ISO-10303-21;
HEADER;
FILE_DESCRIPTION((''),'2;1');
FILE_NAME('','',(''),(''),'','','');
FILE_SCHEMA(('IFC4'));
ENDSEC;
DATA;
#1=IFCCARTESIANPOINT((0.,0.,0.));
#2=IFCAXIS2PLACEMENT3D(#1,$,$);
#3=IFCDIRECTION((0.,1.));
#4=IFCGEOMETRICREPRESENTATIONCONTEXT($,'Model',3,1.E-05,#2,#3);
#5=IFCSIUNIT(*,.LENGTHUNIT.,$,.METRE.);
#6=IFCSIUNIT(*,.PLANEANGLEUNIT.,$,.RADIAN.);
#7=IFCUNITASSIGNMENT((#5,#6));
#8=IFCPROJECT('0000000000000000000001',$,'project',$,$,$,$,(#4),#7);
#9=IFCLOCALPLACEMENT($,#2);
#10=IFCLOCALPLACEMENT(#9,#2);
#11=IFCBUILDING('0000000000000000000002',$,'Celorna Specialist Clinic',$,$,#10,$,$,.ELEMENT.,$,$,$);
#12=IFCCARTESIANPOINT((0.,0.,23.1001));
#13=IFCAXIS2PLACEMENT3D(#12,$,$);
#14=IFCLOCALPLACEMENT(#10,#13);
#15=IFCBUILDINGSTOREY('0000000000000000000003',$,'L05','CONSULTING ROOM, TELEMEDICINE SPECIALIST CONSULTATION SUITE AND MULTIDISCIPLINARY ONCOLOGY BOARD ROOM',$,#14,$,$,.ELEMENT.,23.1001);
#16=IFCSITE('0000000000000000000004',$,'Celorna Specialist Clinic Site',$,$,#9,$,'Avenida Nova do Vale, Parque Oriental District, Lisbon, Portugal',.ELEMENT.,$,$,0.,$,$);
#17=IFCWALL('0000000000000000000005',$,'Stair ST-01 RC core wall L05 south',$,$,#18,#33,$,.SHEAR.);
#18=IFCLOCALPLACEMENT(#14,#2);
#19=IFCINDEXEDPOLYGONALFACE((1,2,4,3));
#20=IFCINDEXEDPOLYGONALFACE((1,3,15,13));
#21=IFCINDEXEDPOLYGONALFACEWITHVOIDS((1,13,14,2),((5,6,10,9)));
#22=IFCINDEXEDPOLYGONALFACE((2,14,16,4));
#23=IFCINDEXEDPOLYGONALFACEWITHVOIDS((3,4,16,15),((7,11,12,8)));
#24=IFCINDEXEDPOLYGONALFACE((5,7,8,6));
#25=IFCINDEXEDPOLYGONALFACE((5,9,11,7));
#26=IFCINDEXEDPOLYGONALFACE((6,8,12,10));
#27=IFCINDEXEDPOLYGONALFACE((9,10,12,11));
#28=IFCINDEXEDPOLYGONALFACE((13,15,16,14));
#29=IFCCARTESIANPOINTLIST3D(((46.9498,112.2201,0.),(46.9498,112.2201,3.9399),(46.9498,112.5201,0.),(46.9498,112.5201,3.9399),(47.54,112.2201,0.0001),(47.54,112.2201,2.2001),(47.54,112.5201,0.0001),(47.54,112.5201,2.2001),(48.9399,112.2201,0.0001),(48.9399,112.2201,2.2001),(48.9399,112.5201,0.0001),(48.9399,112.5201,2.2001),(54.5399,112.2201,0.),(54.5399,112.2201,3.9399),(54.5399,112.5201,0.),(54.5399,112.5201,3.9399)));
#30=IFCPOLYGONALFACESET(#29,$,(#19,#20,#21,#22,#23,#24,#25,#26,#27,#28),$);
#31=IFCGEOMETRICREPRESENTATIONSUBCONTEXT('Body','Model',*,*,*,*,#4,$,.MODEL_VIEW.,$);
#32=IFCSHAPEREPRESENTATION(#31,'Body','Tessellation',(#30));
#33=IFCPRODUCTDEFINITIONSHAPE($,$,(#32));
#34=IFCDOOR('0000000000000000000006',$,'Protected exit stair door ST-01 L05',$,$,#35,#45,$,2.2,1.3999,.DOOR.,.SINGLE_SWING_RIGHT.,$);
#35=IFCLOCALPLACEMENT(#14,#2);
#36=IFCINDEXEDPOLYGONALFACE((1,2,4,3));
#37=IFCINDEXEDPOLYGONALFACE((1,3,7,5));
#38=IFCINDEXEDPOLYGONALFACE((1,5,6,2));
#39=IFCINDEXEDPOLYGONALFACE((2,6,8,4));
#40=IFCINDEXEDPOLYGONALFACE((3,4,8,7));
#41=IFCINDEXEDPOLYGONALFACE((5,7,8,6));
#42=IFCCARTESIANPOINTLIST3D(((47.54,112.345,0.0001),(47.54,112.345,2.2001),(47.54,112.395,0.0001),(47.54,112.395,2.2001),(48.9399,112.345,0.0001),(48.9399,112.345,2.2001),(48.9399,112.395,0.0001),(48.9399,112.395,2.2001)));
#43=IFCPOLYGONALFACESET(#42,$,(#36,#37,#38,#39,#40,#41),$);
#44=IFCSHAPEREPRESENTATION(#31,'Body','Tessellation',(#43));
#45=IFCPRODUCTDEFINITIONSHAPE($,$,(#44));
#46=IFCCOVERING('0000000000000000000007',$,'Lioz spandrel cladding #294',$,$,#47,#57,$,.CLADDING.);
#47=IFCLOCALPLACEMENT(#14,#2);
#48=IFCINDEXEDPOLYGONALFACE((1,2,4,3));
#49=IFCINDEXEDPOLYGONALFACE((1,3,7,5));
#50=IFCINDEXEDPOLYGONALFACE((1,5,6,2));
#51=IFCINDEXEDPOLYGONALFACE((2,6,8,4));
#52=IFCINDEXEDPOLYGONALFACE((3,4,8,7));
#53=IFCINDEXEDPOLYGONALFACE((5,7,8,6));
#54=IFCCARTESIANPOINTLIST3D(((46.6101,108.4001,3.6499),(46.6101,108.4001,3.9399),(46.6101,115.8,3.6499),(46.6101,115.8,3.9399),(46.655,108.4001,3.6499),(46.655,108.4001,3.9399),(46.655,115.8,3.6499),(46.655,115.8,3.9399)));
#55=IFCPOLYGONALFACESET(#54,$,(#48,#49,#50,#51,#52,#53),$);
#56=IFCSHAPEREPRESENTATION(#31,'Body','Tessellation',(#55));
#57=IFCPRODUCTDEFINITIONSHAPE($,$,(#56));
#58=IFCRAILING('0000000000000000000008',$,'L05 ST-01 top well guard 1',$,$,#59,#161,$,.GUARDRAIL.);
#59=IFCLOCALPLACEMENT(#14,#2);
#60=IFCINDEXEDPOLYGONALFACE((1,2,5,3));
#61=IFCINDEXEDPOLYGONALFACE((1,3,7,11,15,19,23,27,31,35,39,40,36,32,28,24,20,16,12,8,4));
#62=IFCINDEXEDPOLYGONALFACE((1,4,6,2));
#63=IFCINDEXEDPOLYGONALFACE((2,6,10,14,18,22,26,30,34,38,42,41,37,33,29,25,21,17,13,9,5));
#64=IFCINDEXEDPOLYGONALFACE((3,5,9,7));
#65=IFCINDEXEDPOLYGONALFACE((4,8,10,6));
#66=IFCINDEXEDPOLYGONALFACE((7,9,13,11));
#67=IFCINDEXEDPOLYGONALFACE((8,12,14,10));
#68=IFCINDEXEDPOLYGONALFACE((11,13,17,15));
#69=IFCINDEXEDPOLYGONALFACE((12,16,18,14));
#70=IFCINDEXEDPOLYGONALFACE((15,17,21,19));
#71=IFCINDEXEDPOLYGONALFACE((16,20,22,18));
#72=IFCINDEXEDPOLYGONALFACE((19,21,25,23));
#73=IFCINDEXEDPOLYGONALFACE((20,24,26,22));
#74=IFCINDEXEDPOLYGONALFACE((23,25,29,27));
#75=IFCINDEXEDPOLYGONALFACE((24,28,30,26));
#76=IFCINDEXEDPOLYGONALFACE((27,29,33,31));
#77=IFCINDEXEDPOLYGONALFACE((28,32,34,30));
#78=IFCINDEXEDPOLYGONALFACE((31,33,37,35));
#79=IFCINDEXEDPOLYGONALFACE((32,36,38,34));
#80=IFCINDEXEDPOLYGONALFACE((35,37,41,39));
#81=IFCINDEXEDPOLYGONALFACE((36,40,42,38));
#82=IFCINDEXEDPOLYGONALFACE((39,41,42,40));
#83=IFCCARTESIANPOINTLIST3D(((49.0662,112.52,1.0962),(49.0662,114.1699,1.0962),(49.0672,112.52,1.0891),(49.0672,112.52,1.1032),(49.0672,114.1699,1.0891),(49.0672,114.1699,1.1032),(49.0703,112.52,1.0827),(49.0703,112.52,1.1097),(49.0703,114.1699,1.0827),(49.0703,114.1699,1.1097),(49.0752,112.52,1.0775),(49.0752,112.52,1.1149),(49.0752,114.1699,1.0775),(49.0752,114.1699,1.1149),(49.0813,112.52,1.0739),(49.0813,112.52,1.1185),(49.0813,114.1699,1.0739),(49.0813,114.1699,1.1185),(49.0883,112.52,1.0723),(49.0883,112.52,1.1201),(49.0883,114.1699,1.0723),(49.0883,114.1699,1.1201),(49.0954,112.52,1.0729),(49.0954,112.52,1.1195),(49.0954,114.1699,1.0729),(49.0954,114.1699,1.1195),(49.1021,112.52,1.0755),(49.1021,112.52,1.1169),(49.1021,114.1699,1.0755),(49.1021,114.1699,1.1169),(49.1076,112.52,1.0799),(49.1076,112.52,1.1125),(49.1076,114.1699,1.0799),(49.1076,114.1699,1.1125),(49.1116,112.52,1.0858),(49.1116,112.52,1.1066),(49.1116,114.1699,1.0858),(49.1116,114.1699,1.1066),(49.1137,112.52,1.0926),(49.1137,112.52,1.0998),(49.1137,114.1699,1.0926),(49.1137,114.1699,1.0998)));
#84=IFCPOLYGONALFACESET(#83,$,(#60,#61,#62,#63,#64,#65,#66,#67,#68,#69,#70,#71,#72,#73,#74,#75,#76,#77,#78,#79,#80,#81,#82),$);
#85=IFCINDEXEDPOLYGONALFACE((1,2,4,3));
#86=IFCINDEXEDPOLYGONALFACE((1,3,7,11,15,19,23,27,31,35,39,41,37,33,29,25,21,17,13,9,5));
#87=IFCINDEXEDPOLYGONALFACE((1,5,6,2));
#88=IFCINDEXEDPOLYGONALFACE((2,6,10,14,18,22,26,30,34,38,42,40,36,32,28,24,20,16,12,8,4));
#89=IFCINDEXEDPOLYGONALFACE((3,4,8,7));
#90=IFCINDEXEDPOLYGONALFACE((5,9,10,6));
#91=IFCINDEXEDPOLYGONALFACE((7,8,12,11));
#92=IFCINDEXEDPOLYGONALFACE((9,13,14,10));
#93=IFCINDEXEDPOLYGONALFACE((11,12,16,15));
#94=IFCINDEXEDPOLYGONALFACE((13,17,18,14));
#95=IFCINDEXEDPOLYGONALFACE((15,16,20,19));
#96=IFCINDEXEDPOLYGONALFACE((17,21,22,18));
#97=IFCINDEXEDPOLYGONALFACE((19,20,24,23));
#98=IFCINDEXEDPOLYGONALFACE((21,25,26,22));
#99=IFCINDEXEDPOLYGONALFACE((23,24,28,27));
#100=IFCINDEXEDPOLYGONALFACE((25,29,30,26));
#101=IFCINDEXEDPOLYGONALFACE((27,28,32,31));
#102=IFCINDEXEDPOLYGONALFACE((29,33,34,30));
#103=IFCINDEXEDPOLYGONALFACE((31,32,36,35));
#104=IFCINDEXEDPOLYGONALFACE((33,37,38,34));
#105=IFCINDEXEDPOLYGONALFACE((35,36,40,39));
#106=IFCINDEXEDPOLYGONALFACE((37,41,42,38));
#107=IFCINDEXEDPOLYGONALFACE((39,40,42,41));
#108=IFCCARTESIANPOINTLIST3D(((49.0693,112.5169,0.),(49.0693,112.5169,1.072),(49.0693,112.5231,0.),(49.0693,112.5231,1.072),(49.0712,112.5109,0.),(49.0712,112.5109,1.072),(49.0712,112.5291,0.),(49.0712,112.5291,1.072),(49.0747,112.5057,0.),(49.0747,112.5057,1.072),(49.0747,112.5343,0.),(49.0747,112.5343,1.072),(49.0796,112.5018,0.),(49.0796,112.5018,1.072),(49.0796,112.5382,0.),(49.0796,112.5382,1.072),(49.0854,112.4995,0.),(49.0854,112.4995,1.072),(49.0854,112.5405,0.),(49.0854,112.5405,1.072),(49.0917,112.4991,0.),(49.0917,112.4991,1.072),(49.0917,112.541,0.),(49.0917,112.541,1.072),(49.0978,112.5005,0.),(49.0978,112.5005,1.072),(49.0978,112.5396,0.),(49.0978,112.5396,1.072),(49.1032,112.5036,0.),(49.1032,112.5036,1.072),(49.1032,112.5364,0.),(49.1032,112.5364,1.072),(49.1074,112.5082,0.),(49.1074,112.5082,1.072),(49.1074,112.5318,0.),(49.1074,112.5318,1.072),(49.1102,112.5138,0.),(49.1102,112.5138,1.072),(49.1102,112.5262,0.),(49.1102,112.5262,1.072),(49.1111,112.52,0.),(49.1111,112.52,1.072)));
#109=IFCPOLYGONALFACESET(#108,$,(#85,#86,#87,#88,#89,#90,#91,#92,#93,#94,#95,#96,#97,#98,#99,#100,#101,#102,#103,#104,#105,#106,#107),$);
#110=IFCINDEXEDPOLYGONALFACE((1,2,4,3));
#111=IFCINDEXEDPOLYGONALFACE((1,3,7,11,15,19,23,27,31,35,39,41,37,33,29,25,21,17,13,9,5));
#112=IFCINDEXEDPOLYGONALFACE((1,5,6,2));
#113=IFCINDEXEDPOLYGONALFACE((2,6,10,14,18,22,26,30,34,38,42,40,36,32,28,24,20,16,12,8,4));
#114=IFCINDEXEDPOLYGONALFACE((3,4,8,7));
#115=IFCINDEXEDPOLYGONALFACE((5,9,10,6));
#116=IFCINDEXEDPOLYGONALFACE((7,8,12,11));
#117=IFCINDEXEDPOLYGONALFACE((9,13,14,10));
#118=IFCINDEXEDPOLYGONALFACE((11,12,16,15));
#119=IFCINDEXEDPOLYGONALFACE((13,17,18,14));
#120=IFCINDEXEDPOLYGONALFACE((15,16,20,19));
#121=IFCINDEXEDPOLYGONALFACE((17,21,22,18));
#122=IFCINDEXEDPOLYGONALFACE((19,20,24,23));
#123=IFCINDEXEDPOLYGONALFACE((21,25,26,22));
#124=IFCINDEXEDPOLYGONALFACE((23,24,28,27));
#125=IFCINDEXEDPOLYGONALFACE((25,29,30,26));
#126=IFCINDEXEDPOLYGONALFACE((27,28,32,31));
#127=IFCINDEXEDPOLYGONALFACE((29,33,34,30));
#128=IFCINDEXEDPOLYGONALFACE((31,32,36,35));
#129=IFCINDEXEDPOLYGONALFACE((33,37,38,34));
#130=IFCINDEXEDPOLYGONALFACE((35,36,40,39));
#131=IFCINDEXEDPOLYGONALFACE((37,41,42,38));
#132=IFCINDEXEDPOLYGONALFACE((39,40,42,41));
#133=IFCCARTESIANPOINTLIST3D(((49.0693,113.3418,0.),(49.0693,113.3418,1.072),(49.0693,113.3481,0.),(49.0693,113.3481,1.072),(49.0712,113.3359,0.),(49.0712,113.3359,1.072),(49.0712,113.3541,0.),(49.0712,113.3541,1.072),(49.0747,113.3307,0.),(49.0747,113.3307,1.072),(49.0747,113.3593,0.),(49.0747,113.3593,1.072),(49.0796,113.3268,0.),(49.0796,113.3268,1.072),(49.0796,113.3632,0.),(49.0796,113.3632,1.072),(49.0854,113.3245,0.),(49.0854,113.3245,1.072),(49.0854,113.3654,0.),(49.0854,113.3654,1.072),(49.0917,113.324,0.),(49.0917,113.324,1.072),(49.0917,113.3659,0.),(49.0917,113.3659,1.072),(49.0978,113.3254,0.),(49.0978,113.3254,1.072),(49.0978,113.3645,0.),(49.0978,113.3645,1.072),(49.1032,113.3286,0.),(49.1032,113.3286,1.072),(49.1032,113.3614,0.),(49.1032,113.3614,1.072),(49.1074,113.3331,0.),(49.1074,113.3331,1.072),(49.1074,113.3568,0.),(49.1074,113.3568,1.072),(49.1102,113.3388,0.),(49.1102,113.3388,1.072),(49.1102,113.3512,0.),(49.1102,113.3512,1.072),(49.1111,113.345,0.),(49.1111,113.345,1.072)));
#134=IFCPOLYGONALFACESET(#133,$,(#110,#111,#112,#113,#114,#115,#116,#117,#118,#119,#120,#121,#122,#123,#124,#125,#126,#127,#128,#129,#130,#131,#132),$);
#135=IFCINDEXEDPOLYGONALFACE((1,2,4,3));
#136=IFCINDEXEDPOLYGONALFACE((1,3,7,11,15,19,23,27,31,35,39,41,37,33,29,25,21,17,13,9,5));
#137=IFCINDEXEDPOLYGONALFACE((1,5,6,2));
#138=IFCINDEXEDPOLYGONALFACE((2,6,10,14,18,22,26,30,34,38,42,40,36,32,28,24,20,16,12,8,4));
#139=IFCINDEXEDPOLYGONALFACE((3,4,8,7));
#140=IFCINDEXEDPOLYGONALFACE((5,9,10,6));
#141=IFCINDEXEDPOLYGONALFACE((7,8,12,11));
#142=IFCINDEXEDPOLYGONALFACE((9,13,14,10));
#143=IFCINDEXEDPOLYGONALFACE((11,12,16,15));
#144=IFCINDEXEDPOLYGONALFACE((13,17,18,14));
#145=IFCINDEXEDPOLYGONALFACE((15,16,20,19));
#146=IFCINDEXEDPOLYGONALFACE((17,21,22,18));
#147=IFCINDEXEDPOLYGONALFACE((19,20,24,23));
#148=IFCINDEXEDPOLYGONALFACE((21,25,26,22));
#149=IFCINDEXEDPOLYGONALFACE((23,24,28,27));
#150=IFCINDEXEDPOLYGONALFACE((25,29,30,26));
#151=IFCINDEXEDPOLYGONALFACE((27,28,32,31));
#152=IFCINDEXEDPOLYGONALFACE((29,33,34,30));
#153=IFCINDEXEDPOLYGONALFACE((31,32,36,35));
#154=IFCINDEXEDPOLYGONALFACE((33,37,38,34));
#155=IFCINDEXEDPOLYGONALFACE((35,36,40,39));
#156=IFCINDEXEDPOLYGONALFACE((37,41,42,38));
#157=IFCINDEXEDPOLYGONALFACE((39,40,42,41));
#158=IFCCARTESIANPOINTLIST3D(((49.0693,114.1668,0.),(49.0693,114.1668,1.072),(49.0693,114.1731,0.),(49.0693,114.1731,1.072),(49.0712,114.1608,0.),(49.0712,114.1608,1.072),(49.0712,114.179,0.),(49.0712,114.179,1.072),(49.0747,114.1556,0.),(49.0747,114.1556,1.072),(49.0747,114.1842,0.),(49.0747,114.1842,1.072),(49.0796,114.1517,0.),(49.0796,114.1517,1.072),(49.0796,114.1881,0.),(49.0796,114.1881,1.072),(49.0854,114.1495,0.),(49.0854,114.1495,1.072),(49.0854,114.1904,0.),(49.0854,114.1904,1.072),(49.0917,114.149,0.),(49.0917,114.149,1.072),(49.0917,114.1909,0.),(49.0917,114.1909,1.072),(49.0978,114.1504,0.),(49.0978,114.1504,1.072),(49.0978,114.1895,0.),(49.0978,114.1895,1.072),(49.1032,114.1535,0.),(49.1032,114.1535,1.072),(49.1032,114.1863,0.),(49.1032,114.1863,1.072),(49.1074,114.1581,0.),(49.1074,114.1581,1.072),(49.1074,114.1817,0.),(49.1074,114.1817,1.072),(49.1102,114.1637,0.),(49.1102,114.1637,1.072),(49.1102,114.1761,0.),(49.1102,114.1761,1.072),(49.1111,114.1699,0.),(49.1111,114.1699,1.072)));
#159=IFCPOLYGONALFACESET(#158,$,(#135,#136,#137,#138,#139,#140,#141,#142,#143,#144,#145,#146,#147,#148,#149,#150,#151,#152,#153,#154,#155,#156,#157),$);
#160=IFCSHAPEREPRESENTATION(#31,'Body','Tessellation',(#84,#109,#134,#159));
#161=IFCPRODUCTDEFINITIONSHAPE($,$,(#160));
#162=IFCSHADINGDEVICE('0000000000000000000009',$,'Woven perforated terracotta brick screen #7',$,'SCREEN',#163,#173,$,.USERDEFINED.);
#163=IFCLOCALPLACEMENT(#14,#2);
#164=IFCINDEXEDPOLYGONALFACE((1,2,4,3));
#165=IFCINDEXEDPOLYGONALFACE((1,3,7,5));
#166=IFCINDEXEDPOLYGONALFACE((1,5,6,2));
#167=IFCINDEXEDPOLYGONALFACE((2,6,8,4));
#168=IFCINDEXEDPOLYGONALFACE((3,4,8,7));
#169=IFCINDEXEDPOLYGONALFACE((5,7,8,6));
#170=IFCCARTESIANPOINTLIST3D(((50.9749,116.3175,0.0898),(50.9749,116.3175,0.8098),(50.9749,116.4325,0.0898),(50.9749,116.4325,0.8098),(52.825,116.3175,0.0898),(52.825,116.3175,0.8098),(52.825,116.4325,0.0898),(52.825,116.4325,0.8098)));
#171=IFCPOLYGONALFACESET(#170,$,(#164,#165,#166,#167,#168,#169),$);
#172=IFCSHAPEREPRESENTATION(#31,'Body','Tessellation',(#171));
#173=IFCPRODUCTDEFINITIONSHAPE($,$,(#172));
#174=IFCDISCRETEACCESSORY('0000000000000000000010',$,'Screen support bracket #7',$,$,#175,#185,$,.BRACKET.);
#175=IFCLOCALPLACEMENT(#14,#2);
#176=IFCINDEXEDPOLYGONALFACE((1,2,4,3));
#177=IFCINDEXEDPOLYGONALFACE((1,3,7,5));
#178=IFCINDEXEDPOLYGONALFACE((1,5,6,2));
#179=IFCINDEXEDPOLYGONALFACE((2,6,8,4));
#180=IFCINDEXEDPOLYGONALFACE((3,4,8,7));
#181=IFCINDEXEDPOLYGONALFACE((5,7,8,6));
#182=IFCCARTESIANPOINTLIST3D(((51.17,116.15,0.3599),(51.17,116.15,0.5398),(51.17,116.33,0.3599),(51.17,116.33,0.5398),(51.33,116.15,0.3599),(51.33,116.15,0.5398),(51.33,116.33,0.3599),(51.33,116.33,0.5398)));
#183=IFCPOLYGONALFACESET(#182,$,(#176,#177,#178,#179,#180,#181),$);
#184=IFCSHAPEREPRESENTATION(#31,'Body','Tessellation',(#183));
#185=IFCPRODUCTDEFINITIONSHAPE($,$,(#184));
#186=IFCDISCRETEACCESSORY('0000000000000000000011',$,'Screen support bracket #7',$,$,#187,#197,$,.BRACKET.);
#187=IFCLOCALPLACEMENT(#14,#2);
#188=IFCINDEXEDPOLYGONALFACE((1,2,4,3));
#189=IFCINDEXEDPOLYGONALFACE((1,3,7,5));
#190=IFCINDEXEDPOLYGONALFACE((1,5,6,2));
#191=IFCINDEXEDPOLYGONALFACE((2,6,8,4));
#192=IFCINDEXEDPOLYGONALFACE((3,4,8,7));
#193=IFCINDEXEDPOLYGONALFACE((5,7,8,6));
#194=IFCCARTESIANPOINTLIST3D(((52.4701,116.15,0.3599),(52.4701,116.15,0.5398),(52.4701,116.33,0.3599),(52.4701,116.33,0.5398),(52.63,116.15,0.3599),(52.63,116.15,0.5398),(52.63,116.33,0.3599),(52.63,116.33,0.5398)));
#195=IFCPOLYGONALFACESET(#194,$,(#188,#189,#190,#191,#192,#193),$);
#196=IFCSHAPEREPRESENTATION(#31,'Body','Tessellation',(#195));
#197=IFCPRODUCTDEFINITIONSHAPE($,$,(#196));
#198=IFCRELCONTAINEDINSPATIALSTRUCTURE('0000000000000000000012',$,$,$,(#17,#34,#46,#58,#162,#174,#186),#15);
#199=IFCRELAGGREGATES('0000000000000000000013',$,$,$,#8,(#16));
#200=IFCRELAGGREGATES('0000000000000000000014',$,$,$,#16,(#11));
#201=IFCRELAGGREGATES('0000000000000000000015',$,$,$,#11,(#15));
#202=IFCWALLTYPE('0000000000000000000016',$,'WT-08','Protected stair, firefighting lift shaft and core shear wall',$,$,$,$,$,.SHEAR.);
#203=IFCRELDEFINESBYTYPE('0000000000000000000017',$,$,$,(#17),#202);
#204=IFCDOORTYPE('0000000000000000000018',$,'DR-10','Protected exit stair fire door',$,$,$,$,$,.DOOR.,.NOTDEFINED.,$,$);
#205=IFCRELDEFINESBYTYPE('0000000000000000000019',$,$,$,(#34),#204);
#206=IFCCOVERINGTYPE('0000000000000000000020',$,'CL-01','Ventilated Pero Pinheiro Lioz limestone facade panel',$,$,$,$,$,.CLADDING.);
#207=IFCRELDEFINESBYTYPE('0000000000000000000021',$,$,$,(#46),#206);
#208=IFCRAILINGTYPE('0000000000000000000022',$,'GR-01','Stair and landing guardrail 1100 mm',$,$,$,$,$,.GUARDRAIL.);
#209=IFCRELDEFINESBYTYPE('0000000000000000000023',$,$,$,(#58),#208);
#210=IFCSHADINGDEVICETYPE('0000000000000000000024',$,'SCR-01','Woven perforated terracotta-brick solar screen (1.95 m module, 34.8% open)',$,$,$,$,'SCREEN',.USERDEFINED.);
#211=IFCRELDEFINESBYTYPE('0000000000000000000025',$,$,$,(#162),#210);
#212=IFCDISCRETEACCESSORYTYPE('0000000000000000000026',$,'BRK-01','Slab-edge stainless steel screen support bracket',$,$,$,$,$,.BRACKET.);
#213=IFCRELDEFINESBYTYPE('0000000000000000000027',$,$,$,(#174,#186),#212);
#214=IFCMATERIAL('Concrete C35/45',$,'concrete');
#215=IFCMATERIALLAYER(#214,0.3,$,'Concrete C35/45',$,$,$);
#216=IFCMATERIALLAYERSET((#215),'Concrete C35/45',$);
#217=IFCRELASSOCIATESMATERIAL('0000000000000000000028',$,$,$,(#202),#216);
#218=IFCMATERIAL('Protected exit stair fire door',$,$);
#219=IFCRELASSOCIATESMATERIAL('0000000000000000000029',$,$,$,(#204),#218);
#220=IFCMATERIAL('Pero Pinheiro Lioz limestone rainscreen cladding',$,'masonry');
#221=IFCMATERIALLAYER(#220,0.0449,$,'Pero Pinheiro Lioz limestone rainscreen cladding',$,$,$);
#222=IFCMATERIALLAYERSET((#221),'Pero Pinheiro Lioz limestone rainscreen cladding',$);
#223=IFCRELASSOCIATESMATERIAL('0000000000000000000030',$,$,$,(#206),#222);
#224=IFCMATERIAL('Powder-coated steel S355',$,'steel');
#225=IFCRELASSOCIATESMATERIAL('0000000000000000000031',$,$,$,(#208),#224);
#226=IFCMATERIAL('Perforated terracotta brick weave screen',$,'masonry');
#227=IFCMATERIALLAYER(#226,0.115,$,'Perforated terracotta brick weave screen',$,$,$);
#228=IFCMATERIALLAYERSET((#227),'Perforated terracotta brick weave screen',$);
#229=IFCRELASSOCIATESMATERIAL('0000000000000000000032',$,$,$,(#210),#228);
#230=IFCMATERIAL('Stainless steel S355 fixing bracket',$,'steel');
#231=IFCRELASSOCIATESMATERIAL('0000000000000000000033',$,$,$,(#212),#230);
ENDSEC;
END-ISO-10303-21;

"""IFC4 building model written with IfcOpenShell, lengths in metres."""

from ifc_helpers import new_model, si_unit, direction, frame, frame_2d, origin, origin_2d, place, context, subcontext, project, spatial, rectangle, circle, extrude, material, layer, layer_set, type_object, element, fill, save


model = new_model("IFC4")

# Units and contexts
model_context = context("Model", 3, precision=1e-05, world=origin(), true_north=direction((0.0, 1.0)))
body_context = subcontext(model_context, "Body", "Model", "MODEL_VIEW")
ifc_project = project(units=[si_unit("LENGTHUNIT", "METRE"), si_unit("PLANEANGLEUNIT", "RADIAN")], contexts=[model_context])

# Site, building, storey
site_placement = place(None, origin())
site = spatial("IfcSite", under=ifc_project, at=site_placement, Name="Celorna Specialist Clinic Site", LongName="Avenida Nova do Vale, Parque Oriental District, Lisbon, Portugal", CompositionType="ELEMENT", RefElevation=0.0)
building_placement = place(site_placement, origin())
building = spatial("IfcBuilding", under=site, at=building_placement, Name="Celorna Specialist Clinic", CompositionType="ELEMENT")
storey_placement = place(building_placement, frame((0.0, 0.0, 23.1001)))
storey = spatial("IfcBuildingStorey", under=building, at=storey_placement, Name="L05", Description="CONSULTING ROOM, TELEMEDICINE SPECIALIST CONSULTATION SUITE AND MULTIDISCIPLINARY ONCOLOGY BOARD ROOM", CompositionType="ELEMENT", Elevation=23.1001)

# Shared definitions
ifc_material_1 = material(Name="Concrete C35/45", Category="concrete")

# Wall, opening, door
ifc_layer_1 = layer(ifc_material_1, 0.3, Name="Concrete C35/45")
ifc_layer_set_1 = layer_set([ifc_layer_1], Name="Concrete C35/45")
wall_type_1 = type_object("IfcWallType", Name="WT-08", Description="Protected stair, firefighting lift shaft and core shear wall", PredefinedType="SHEAR", material=ifc_layer_set_1)
wall_1_placement = place(storey_placement, frame((46.95, 112.3701, 0.0), z_axis=(0.0, 0.0, 1.0), x_axis=(1.0, 0.0, 0.0)))
wall_1 = element("IfcWall", 1, at=wall_1_placement, inside=storey, type_object=wall_type_1, Name="Stair ST-01 RC core wall L05 south", PredefinedType="SHEAR", context=body_context, shape_type="SweptSolid", body=[
    extrude(rectangle(XDim=7.5901, YDim=0.3, at=frame_2d((3.7949, 0.0))), origin(), (0.0, 0.0, 1.0), 3.9399),
])
opening_1_placement = place(wall_1_placement, frame((0.5901, 0.0, 0.0)))
opening_1 = element("IfcOpeningElement", 2, at=opening_1_placement, cuts=wall_1, PredefinedType="OPENING", context=body_context, shape_type="SweptSolid", body=[
    extrude(rectangle(XDim=1.3999, YDim=2.2, at=frame_2d((0.7, 1.1001))), frame((0.0, 0.1599, 0.0), z_axis=(0.0, -1.0, 0.0), x_axis=(1.0, 0.0, 0.0)), (0.0, 0.0, 1.0), 0.3201),
])
ifc_material_2 = material(Name="Protected exit stair fire door")
door_type = type_object("IfcDoorType", Name="DR-10", Description="Protected exit stair fire door", OperationType="NOTDEFINED", PredefinedType="DOOR", material=ifc_material_2)
door_placement = place(opening_1_placement, origin())
door = element("IfcDoor", 3, at=door_placement, inside=storey, type_object=door_type, Name="Protected exit stair door ST-01 L05", OperationType="SINGLE_SWING_RIGHT", OverallHeight=2.2, OverallWidth=1.3999, PredefinedType="DOOR", context=body_context, shape_type="SweptSolid", body=[
    extrude(rectangle(XDim=1.3999, YDim=2.2, at=frame_2d((0.7, 1.1001))), frame((0.0, 0.0249, 0.0), z_axis=(0.0, -1.0, 0.0), x_axis=(1.0, 0.0, 0.0)), (0.0, 0.0, 1.0), 0.05),
])
fill(opening_1, door)

# Covering
ifc_material_3 = material(Name="Pero Pinheiro Lioz limestone rainscreen cladding", Category="masonry")
ifc_layer_2 = layer(ifc_material_3, 0.0449, Name="Pero Pinheiro Lioz limestone rainscreen cladding")
ifc_layer_set_2 = layer_set([ifc_layer_2], Name="Pero Pinheiro Lioz limestone rainscreen cladding")
covering_type = type_object("IfcCoveringType", Name="CL-01", Description="Ventilated Pero Pinheiro Lioz limestone facade panel", PredefinedType="CLADDING", material=ifc_layer_set_2)
covering_placement = place(storey_placement, frame((46.6326, 112.1001, 3.6499), z_axis=(0.0, 0.0, 1.0), x_axis=(0.0, 1.0, 0.0)))
element("IfcCovering", 4, at=covering_placement, inside=storey, type_object=covering_type, Name="Lioz spandrel cladding #294", PredefinedType="CLADDING", context=body_context, shape_type="SweptSolid", body=[
    extrude(rectangle(XDim=7.3999, YDim=0.0449, at=origin_2d()), origin(), (0.0, 0.0, 1.0), 0.29),
])

# Railing
ifc_material_4 = material(Name="Powder-coated steel S355", Category="steel")
railing_type = type_object("IfcRailingType", Name="GR-01", Description="Stair and landing guardrail 1100 mm", PredefinedType="GUARDRAIL", material=ifc_material_4)
railing_placement = place(storey_placement, frame((49.0901, 112.52, 0.0)))
element("IfcRailing", 5, at=railing_placement, inside=storey, type_object=railing_type, Name="L05 ST-01 top well guard 1", PredefinedType="GUARDRAIL", context=body_context, shape_type="SweptSolid", body=[
    extrude(circle(Radius=0.0239, at=origin_2d()), frame((0.0, 0.0, 1.0962), z_axis=(0.0, 1.0, 0.0), x_axis=(-1.0, 0.0, 0.0)), (0.0, 0.0, 1.0), 1.6499),
    extrude(circle(Radius=0.021, at=origin_2d()), origin(), (0.0, 0.0, 1.0), 1.072),
    extrude(circle(Radius=0.021, at=origin_2d()), frame((0.0, 0.825, 0.0)), (0.0, 0.0, 1.0), 1.072),
    extrude(circle(Radius=0.021, at=origin_2d()), frame((0.0, 1.6499, 0.0)), (0.0, 0.0, 1.0), 1.072),
])

# Shading device
ifc_material_5 = material(Name="Perforated terracotta brick weave screen", Category="masonry")
ifc_layer_3 = layer(ifc_material_5, 0.115, Name="Perforated terracotta brick weave screen")
ifc_layer_set_3 = layer_set([ifc_layer_3], Name="Perforated terracotta brick weave screen")
shading_device_type = type_object("IfcShadingDeviceType", Name="SCR-01", Description="Woven perforated terracotta-brick solar screen (1.95 m module, 34.8% open)", ElementType="SCREEN", PredefinedType="USERDEFINED", material=ifc_layer_set_3)
shading_device_placement = place(storey_placement, frame((51.8999, 116.375, 0.0898), z_axis=(0.0, 0.0, 1.0), x_axis=(1.0, 0.0, 0.0)))
element("IfcShadingDevice", 6, at=shading_device_placement, inside=storey, type_object=shading_device_type, Name="Woven perforated terracotta brick screen #7", ObjectType="SCREEN", PredefinedType="USERDEFINED", context=body_context, shape_type="SweptSolid", body=[
    extrude(rectangle(XDim=1.8501, YDim=0.115, at=origin_2d()), origin(), (0.0, 0.0, 1.0), 0.72),
])

# Discrete accessories
ifc_material_6 = material(Name="Stainless steel S355 fixing bracket", Category="steel")
discrete_accessory_type = type_object("IfcDiscreteAccessoryType", Name="BRK-01", Description="Slab-edge stainless steel screen support bracket", PredefinedType="BRACKET", material=ifc_material_6)
for number, where, z_axis, x_axis, name in (
    (7, (51.25, 116.24, 0.3599), (0.0, 0.0, 1.0), (1.0, 0.0, 0.0), "Screen support bracket #7"),
    (8, (52.55, 116.24, 0.3599), (0.0, 0.0, 1.0), (1.0, 0.0, 0.0), "Screen support bracket #7"),
):
    element("IfcDiscreteAccessory", number, at=place(storey_placement, frame(where, z_axis=z_axis, x_axis=x_axis)), inside=storey, type_object=discrete_accessory_type, Name=name, PredefinedType="BRACKET", context=body_context, shape_type="SweptSolid", body=[
        extrude(rectangle(XDim=0.1599, YDim=0.1799, at=origin_2d()), origin(), (0.0, 0.0, 1.0), 0.1799),
    ])

save(model, "model.ifc")
